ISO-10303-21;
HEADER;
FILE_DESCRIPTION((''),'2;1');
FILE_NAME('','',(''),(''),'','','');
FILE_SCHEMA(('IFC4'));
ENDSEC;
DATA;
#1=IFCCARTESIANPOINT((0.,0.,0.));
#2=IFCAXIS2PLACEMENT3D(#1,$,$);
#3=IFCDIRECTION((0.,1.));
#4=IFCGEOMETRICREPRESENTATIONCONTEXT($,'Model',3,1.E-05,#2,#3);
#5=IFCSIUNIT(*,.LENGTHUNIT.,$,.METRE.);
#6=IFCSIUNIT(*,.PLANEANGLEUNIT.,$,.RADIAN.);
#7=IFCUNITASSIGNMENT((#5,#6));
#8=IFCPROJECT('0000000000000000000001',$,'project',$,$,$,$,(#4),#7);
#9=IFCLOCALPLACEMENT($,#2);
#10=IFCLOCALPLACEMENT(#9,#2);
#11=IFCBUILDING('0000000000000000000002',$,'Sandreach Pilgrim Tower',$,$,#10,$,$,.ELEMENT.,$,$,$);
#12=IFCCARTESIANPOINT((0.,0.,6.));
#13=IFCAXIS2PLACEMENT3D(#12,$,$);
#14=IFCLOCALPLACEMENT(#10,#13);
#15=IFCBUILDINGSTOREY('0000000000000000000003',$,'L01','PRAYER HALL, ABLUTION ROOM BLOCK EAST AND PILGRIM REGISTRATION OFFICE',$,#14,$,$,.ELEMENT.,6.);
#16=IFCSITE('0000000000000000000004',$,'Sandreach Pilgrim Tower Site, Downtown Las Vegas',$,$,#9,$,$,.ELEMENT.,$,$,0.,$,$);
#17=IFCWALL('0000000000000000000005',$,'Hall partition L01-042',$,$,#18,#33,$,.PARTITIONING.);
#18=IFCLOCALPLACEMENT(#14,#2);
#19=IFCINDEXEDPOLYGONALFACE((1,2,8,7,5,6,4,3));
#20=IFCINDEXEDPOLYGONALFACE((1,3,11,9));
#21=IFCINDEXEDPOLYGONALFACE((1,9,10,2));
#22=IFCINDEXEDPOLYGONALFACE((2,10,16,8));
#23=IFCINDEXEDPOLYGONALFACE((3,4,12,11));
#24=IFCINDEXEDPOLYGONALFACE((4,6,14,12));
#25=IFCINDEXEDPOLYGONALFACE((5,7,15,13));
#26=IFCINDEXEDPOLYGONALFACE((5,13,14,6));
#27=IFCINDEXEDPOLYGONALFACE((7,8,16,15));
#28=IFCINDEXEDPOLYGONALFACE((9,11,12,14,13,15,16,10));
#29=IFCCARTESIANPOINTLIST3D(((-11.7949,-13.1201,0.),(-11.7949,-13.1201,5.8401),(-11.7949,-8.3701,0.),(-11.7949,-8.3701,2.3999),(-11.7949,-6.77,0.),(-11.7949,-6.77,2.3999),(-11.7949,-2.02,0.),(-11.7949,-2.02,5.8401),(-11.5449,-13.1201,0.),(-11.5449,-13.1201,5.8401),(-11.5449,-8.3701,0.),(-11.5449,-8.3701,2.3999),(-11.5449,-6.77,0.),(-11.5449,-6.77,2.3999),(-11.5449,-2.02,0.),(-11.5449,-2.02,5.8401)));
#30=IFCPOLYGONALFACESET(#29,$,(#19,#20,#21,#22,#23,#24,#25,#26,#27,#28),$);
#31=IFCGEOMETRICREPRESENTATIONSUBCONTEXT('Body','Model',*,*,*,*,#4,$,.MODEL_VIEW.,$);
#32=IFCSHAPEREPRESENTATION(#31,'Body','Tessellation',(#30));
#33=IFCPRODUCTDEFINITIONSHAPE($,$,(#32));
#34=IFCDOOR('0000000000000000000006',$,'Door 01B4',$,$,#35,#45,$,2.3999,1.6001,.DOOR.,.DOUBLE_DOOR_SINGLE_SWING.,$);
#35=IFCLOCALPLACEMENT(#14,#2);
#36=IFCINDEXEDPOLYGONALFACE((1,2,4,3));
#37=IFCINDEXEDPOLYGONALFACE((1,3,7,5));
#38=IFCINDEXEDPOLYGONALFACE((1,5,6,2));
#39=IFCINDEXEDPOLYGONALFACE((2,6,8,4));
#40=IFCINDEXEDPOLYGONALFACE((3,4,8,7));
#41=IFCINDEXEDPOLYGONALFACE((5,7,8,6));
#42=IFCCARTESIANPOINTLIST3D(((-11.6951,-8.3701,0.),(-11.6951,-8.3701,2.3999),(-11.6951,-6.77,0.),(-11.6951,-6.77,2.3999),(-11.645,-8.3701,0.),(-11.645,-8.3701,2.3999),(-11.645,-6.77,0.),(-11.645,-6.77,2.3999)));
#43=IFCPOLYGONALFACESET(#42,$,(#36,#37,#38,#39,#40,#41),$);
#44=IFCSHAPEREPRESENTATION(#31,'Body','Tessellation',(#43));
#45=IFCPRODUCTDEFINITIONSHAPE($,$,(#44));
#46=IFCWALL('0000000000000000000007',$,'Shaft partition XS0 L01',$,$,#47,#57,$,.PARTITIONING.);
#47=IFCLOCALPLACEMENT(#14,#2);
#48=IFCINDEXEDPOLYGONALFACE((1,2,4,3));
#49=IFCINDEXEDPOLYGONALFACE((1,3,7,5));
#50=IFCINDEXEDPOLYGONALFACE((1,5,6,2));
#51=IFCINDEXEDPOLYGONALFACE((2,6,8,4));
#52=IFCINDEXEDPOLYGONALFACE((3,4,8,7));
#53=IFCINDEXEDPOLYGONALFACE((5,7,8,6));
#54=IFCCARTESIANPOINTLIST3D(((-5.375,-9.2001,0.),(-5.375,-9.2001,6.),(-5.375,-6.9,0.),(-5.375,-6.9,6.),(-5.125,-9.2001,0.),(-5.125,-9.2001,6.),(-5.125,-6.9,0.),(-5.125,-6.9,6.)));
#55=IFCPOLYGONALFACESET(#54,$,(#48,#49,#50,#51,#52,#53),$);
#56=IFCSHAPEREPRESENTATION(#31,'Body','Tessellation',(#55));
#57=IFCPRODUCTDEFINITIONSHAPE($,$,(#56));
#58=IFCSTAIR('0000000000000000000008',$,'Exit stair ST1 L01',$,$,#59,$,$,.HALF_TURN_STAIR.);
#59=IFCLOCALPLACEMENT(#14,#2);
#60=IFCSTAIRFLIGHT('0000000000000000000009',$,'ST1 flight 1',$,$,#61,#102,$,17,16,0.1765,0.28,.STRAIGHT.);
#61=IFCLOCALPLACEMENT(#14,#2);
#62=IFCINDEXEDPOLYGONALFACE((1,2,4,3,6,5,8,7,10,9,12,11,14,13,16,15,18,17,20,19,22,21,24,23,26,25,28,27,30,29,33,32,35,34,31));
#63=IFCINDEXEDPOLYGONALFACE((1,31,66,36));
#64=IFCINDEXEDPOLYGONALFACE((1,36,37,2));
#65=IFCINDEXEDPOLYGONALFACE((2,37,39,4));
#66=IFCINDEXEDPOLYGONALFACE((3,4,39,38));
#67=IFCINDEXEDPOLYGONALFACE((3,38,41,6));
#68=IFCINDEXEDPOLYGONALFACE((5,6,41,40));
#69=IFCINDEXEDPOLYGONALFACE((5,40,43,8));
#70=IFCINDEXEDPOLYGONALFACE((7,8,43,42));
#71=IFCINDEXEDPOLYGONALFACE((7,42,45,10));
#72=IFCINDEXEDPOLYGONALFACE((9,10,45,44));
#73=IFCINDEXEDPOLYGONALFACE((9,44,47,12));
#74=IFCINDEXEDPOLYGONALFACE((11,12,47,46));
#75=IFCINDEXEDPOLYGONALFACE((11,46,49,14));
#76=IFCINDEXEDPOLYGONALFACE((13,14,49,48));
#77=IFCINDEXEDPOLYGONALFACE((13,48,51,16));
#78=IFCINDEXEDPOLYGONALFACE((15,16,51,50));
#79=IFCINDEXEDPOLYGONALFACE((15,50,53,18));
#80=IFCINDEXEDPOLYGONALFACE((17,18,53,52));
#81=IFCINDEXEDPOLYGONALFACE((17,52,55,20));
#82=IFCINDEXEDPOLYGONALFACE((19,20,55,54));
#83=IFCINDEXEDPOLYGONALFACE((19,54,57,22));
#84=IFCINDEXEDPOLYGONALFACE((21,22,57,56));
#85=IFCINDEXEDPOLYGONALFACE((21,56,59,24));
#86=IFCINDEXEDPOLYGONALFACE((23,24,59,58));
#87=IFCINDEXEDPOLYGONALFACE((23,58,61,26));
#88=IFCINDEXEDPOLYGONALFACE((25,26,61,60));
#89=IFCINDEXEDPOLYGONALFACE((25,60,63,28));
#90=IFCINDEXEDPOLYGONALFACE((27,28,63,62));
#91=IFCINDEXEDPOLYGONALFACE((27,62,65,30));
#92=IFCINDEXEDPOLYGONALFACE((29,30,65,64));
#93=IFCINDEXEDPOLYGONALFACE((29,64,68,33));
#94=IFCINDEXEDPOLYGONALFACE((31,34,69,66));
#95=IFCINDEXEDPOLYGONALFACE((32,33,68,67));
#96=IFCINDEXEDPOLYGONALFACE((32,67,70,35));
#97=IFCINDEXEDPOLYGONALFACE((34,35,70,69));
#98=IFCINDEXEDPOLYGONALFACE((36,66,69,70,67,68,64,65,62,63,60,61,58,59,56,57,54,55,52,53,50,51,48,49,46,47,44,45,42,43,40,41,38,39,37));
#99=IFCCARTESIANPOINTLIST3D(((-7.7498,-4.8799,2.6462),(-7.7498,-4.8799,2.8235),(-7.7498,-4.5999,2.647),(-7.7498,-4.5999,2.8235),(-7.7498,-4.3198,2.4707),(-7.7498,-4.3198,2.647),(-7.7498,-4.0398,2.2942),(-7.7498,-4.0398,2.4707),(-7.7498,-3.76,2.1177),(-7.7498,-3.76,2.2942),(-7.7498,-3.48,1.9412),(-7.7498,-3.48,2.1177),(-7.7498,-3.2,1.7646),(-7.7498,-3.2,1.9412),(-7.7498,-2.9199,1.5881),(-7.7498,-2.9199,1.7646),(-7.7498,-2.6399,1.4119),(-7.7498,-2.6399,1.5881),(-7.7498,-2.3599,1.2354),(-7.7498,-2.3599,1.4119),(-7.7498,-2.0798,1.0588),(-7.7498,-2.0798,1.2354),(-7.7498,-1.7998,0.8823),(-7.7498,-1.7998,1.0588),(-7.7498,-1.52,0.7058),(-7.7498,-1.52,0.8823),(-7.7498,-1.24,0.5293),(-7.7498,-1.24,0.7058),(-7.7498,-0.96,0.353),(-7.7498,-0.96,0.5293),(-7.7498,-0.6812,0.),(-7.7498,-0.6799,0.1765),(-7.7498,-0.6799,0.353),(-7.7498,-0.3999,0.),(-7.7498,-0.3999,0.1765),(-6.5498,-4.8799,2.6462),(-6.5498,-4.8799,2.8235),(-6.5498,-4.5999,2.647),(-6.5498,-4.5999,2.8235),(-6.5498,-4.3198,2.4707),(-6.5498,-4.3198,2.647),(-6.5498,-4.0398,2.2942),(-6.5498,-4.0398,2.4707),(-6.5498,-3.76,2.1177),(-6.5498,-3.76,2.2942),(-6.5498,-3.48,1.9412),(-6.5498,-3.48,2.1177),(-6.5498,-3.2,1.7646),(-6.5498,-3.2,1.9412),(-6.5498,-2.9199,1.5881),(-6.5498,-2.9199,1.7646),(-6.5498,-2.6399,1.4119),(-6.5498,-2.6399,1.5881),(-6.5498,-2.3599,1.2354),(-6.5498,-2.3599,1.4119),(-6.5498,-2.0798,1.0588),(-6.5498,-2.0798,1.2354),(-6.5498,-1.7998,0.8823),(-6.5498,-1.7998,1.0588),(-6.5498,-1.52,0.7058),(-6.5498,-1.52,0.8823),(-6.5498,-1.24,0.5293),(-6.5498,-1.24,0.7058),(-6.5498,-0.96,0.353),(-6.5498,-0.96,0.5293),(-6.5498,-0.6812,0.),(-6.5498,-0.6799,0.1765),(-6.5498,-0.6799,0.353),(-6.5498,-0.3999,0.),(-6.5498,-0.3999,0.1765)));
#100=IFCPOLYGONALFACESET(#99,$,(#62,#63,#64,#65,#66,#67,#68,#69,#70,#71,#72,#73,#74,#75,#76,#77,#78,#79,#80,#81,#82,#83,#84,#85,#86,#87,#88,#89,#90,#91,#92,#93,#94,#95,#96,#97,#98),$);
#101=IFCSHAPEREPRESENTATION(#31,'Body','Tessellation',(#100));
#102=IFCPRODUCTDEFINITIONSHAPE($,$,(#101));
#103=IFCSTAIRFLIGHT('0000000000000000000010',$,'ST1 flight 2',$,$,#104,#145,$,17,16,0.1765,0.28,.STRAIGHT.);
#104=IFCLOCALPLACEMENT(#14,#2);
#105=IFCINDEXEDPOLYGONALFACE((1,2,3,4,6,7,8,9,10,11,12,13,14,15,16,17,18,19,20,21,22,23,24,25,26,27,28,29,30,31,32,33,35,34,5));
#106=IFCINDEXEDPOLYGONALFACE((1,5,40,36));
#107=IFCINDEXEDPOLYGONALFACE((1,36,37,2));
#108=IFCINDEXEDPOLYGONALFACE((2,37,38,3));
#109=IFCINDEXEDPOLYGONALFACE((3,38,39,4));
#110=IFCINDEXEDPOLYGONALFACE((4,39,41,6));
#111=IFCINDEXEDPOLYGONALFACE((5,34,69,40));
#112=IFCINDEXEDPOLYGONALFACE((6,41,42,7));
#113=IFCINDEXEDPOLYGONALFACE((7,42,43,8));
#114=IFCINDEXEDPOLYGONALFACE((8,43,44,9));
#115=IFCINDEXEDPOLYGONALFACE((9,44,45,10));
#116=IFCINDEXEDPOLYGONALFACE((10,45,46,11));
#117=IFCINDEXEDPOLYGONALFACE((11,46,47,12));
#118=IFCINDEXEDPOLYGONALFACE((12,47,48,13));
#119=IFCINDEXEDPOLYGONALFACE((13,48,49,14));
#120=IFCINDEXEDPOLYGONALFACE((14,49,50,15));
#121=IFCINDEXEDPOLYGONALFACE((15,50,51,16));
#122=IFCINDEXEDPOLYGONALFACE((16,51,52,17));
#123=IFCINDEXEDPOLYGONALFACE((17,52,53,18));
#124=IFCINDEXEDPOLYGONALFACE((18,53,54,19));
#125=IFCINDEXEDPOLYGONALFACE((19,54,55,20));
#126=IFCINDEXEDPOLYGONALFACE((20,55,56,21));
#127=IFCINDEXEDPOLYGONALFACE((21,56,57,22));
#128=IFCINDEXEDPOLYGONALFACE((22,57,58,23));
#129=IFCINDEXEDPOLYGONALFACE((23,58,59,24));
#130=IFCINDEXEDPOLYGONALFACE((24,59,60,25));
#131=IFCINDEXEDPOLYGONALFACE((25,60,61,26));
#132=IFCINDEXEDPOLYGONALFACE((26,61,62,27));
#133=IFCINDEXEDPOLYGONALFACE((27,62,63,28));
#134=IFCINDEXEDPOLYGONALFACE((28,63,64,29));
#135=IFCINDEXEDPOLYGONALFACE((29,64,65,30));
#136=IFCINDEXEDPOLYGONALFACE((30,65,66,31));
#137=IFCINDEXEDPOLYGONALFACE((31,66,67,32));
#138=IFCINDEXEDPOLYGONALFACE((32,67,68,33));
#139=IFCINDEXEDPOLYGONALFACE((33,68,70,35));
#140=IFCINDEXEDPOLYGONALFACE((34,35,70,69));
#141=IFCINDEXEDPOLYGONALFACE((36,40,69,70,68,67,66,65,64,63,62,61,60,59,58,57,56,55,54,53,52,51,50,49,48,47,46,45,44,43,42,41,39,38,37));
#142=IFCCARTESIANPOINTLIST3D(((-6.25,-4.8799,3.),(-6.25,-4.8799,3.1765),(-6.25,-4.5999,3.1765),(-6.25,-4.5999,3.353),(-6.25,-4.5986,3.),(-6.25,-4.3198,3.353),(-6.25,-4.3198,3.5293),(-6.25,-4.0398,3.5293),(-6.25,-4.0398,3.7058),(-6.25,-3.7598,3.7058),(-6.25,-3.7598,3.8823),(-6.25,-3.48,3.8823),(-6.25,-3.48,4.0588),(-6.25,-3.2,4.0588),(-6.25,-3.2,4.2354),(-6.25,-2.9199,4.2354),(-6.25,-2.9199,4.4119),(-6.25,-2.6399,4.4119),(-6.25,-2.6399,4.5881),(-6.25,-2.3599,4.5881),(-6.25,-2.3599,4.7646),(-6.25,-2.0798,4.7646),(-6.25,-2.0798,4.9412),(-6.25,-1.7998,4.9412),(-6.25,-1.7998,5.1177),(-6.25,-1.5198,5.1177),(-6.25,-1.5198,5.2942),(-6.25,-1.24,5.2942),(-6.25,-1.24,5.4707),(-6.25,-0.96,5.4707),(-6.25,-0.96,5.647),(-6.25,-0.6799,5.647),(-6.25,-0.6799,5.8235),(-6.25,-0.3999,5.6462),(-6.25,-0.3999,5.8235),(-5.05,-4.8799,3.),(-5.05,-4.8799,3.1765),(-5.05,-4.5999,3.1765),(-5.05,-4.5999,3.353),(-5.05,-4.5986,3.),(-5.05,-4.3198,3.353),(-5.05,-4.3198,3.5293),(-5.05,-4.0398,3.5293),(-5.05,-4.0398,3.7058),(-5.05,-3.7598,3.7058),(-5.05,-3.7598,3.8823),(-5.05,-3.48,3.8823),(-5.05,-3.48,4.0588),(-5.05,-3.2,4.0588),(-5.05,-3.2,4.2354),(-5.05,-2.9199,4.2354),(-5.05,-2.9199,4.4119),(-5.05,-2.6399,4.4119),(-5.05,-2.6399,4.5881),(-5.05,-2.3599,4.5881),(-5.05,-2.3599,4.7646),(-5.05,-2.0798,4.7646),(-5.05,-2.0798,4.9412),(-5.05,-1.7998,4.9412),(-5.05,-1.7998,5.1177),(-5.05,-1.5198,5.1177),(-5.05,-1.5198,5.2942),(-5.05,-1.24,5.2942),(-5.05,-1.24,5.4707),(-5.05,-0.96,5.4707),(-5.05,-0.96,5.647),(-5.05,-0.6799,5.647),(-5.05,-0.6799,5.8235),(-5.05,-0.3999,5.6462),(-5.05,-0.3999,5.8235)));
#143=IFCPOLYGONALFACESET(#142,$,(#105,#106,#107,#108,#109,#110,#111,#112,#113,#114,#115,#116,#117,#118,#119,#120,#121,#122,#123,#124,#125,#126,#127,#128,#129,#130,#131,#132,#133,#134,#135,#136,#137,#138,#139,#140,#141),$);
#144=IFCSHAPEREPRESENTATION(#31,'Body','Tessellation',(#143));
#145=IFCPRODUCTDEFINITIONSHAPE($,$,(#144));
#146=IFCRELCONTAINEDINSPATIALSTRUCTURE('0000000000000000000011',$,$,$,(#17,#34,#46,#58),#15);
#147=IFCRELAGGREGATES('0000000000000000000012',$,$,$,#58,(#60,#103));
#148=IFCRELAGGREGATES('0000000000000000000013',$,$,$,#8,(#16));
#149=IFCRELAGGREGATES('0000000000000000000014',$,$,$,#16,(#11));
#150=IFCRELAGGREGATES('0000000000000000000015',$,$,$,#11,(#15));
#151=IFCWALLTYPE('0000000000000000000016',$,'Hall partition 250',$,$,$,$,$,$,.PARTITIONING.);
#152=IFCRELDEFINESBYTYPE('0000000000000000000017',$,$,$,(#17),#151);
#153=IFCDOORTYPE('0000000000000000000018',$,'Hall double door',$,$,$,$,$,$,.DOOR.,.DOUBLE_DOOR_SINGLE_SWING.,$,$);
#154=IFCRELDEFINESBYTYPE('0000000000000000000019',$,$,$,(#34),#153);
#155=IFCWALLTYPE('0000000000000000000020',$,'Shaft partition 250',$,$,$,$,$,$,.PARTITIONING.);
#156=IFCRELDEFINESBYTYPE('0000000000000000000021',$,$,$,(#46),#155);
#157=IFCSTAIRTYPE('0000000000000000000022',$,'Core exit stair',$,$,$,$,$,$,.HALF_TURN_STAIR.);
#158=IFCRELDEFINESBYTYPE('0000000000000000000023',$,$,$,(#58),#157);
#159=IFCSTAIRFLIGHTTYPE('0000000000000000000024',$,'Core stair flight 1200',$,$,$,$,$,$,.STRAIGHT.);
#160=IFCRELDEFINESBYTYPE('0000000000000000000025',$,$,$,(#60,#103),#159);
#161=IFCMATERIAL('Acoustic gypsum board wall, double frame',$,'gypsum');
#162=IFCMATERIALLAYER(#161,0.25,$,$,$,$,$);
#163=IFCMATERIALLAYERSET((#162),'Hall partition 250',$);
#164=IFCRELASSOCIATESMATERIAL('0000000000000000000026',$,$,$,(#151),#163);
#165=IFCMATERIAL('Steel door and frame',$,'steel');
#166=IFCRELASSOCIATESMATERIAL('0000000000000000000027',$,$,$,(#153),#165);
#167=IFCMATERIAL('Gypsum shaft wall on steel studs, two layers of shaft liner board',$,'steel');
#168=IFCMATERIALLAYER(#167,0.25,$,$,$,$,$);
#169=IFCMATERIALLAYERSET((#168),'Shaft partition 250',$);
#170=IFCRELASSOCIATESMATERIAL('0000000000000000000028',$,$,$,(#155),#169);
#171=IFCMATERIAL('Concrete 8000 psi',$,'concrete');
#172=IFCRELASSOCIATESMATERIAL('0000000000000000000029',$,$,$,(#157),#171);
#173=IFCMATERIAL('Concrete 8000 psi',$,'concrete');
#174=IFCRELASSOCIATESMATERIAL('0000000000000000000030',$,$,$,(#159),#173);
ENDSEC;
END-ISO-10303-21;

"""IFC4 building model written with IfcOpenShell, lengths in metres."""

from ifc_helpers import new_model, si_unit, direction, frame, frame_2d, origin, place, context, subcontext, project, spatial, polyline, rectangle, outline, extrude, material, layer, layer_set, type_object, element, fill, aggregate, save


model = new_model("IFC4")

# Units and contexts
model_context = context("Model", 3, precision=1e-05, world=origin(), true_north=direction((0.0, 1.0)))
body_context = subcontext(model_context, "Body", "Model", "MODEL_VIEW")
ifc_project = project(units=[si_unit("LENGTHUNIT", "METRE"), si_unit("PLANEANGLEUNIT", "RADIAN")], contexts=[model_context])

# Site, building, storey
site_placement = place(None, origin())
site = spatial("IfcSite", under=ifc_project, at=site_placement, Name="Sandreach Pilgrim Tower Site, Downtown Las Vegas", CompositionType="ELEMENT", RefElevation=0.0)
building_placement = place(site_placement, origin())
building = spatial("IfcBuilding", under=site, at=building_placement, Name="Sandreach Pilgrim Tower", CompositionType="ELEMENT")
storey_placement = place(building_placement, frame((0.0, 0.0, 6.0)))
storey = spatial("IfcBuildingStorey", under=building, at=storey_placement, Name="L01", Description="PRAYER HALL, ABLUTION ROOM BLOCK EAST AND PILGRIM REGISTRATION OFFICE", CompositionType="ELEMENT", Elevation=6.0)

# Shared definitions
ifc_material_1 = material(Name="Acoustic gypsum board wall, double frame", Category="gypsum")
ifc_layer_1 = layer(ifc_material_1, 0.25)
ifc_layer_set_1 = layer_set([ifc_layer_1], Name="Hall partition 250")
wall_type_1 = type_object("IfcWallType", Name="Hall partition 250", PredefinedType="PARTITIONING", material=ifc_layer_set_1)

# Wall, opening, door
wall_1_placement = place(storey_placement, frame((-11.6699, -2.02, 0.0), z_axis=(0.0, 0.0, 1.0), x_axis=(0.0, -1.0, 0.0)))
wall_1 = element("IfcWall", 1, at=wall_1_placement, inside=storey, type_object=wall_type_1, Name="Hall partition L01-042", PredefinedType="PARTITIONING", context=body_context, shape_type="SweptSolid", body=[
    extrude(rectangle(XDim=11.1001, YDim=0.25, at=frame_2d((5.55, 0.0))), origin(), (0.0, 0.0, 1.0), 5.8401),
])
opening_1_placement = place(wall_1_placement, frame((4.75, 0.0, 0.0)))
opening_1 = element("IfcOpeningElement", 2, at=opening_1_placement, cuts=wall_1, PredefinedType="OPENING", context=body_context, shape_type="SweptSolid", body=[
    extrude(rectangle(XDim=1.6001, YDim=2.3999, at=frame_2d((0.8, 1.2))), frame((0.0, 0.125, 0.0), z_axis=(0.0, -1.0, 0.0), x_axis=(1.0, 0.0, 0.0)), (0.0, 0.0, 1.0), 0.25),
])
ifc_material_2 = material(Name="Steel door and frame", Category="steel")
door_type_1 = type_object("IfcDoorType", Name="Hall double door", OperationType="DOUBLE_DOOR_SINGLE_SWING", PredefinedType="DOOR", material=ifc_material_2)
door_1_placement = place(opening_1_placement, origin())
door_1 = element("IfcDoor", 3, at=door_1_placement, inside=storey, type_object=door_type_1, Name="Door 01B4", OperationType="DOUBLE_DOOR_SINGLE_SWING", OverallHeight=2.3999, OverallWidth=1.6001, PredefinedType="DOOR", context=body_context, shape_type="SweptSolid", body=[
    extrude(rectangle(XDim=1.6001, YDim=2.3999, at=frame_2d((0.8, 1.2))), frame((0.0, 0.0249, 0.0), z_axis=(0.0, -1.0, 0.0), x_axis=(1.0, 0.0, 0.0)), (0.0, 0.0, 1.0), 0.05),
])
fill(opening_1, door_1)

# Wall
ifc_material_3 = material(Name="Gypsum shaft wall on steel studs, two layers of shaft liner board", Category="steel")
ifc_layer_2 = layer(ifc_material_3, 0.25)
ifc_layer_set_2 = layer_set([ifc_layer_2], Name="Shaft partition 250")
wall_type_2 = type_object("IfcWallType", Name="Shaft partition 250", PredefinedType="PARTITIONING", material=ifc_layer_set_2)
wall_2_placement = place(storey_placement, frame((-5.25, -9.2, 0.0), z_axis=(0.0, 0.0, 1.0), x_axis=(0.0, 1.0, 0.0)))
element("IfcWall", 4, at=wall_2_placement, inside=storey, type_object=wall_type_2, Name="Shaft partition XS0 L01", PredefinedType="PARTITIONING", context=body_context, shape_type="SweptSolid", body=[
    extrude(rectangle(XDim=2.3, YDim=0.25, at=frame_2d((1.1499, 0.0))), origin(), (0.0, 0.0, 1.0), 6.0),
])

# Stair, stair flights
ifc_material_4 = material(Name="Concrete 8000 psi", Category="concrete")
stair_type = type_object("IfcStairType", Name="Core exit stair", PredefinedType="HALF_TURN_STAIR", material=ifc_material_4)
stair_placement = place(storey_placement, origin())
stair = element("IfcStair", 5, at=stair_placement, inside=storey, type_object=stair_type, Name="Exit stair ST1 L01", PredefinedType="HALF_TURN_STAIR")
ifc_material_5 = material(Name="Concrete 8000 psi", Category="concrete")
stair_flight_type = type_object("IfcStairFlightType", Name="Core stair flight 1200", PredefinedType="STRAIGHT", material=ifc_material_5)
stair_flight_1_placement = place(storey_placement, frame((-7.1499, -0.3999, 0.0), z_axis=(0.0, 0.0, 1.0), x_axis=(0.0, -1.0, 0.0)))
stair_flight_1 = element("IfcStairFlight", 6, at=stair_flight_1_placement, type_object=stair_flight_type, Name="ST1 flight 1", NumberOfRisers=17, NumberOfTreads=16, PredefinedType="STRAIGHT", RiserHeight=0.1765, TreadLength=0.28, context=body_context, shape_type="SweptSolid", body=[
    extrude(outline(polyline([(0.0, 0.0), (0.0, 0.1765), (0.28, 0.1765), (0.28, 0.353), (0.5601, 0.353), (0.5601, 0.5293), (0.8401, 0.5293), (0.8401, 0.7058), (1.1201, 0.7058), (1.1201, 0.8823), (1.3999, 0.8823), (1.3999, 1.0588), (1.6799, 1.0588), (1.6799, 1.2354), (1.96, 1.2354), (1.96, 1.4119), (2.24, 1.4119), (2.24, 1.5881), (2.52, 1.5881), (2.52, 1.7646), (2.8, 1.7646), (2.8, 1.9412), (3.0801, 1.9412), (3.0801, 2.1177), (3.3601, 2.1177), (3.3601, 2.2942), (3.6399, 2.2942), (3.6399, 2.4707), (3.9199, 2.4707), (3.9199, 2.647), (4.2, 2.647), (4.2, 2.8235), (4.48, 2.8235), (4.48, 3.0), (4.48, 2.6462), (0.2812, 0.0), (0.0, 0.0)])), frame((0.0, 0.6001, 0.0), z_axis=(0.0, -1.0, 0.0), x_axis=(1.0, 0.0, 0.0)), (0.0, 0.0, 1.0), 1.2),
])
stair_flight_2_placement = place(storey_placement, frame((-5.6499, -4.8799, 3.0), z_axis=(0.0, 0.0, 1.0), x_axis=(0.0, 1.0, 0.0)))
stair_flight_2 = element("IfcStairFlight", 7, at=stair_flight_2_placement, type_object=stair_flight_type, Name="ST1 flight 2", NumberOfRisers=17, NumberOfTreads=16, PredefinedType="STRAIGHT", RiserHeight=0.1765, TreadLength=0.28, context=body_context, shape_type="SweptSolid", body=[
    extrude(outline(polyline([(0.0, 0.0), (0.0, 0.1765), (0.28, 0.1765), (0.28, 0.353), (0.5601, 0.353), (0.5601, 0.5293), (0.8401, 0.5293), (0.8401, 0.7058), (1.1201, 0.7058), (1.1201, 0.8823), (1.3999, 0.8823), (1.3999, 1.0588), (1.6799, 1.0588), (1.6799, 1.2354), (1.96, 1.2354), (1.96, 1.4119), (2.24, 1.4119), (2.24, 1.5881), (2.52, 1.5881), (2.52, 1.7646), (2.8, 1.7646), (2.8, 1.9412), (3.0801, 1.9412), (3.0801, 2.1177), (3.3601, 2.1177), (3.3601, 2.2942), (3.6399, 2.2942), (3.6399, 2.4707), (3.9199, 2.4707), (3.9199, 2.647), (4.2, 2.647), (4.2, 2.8235), (4.48, 2.8235), (4.48, 3.0), (4.48, 2.6462), (0.2812, 0.0), (0.0, 0.0)])), frame((0.0, 0.6001, 0.0), z_axis=(0.0, -1.0, 0.0), x_axis=(1.0, 0.0, 0.0)), (0.0, 0.0, 1.0), 1.2),
])
aggregate(stair, [stair_flight_1, stair_flight_2])

save(model, "model.ifc")
